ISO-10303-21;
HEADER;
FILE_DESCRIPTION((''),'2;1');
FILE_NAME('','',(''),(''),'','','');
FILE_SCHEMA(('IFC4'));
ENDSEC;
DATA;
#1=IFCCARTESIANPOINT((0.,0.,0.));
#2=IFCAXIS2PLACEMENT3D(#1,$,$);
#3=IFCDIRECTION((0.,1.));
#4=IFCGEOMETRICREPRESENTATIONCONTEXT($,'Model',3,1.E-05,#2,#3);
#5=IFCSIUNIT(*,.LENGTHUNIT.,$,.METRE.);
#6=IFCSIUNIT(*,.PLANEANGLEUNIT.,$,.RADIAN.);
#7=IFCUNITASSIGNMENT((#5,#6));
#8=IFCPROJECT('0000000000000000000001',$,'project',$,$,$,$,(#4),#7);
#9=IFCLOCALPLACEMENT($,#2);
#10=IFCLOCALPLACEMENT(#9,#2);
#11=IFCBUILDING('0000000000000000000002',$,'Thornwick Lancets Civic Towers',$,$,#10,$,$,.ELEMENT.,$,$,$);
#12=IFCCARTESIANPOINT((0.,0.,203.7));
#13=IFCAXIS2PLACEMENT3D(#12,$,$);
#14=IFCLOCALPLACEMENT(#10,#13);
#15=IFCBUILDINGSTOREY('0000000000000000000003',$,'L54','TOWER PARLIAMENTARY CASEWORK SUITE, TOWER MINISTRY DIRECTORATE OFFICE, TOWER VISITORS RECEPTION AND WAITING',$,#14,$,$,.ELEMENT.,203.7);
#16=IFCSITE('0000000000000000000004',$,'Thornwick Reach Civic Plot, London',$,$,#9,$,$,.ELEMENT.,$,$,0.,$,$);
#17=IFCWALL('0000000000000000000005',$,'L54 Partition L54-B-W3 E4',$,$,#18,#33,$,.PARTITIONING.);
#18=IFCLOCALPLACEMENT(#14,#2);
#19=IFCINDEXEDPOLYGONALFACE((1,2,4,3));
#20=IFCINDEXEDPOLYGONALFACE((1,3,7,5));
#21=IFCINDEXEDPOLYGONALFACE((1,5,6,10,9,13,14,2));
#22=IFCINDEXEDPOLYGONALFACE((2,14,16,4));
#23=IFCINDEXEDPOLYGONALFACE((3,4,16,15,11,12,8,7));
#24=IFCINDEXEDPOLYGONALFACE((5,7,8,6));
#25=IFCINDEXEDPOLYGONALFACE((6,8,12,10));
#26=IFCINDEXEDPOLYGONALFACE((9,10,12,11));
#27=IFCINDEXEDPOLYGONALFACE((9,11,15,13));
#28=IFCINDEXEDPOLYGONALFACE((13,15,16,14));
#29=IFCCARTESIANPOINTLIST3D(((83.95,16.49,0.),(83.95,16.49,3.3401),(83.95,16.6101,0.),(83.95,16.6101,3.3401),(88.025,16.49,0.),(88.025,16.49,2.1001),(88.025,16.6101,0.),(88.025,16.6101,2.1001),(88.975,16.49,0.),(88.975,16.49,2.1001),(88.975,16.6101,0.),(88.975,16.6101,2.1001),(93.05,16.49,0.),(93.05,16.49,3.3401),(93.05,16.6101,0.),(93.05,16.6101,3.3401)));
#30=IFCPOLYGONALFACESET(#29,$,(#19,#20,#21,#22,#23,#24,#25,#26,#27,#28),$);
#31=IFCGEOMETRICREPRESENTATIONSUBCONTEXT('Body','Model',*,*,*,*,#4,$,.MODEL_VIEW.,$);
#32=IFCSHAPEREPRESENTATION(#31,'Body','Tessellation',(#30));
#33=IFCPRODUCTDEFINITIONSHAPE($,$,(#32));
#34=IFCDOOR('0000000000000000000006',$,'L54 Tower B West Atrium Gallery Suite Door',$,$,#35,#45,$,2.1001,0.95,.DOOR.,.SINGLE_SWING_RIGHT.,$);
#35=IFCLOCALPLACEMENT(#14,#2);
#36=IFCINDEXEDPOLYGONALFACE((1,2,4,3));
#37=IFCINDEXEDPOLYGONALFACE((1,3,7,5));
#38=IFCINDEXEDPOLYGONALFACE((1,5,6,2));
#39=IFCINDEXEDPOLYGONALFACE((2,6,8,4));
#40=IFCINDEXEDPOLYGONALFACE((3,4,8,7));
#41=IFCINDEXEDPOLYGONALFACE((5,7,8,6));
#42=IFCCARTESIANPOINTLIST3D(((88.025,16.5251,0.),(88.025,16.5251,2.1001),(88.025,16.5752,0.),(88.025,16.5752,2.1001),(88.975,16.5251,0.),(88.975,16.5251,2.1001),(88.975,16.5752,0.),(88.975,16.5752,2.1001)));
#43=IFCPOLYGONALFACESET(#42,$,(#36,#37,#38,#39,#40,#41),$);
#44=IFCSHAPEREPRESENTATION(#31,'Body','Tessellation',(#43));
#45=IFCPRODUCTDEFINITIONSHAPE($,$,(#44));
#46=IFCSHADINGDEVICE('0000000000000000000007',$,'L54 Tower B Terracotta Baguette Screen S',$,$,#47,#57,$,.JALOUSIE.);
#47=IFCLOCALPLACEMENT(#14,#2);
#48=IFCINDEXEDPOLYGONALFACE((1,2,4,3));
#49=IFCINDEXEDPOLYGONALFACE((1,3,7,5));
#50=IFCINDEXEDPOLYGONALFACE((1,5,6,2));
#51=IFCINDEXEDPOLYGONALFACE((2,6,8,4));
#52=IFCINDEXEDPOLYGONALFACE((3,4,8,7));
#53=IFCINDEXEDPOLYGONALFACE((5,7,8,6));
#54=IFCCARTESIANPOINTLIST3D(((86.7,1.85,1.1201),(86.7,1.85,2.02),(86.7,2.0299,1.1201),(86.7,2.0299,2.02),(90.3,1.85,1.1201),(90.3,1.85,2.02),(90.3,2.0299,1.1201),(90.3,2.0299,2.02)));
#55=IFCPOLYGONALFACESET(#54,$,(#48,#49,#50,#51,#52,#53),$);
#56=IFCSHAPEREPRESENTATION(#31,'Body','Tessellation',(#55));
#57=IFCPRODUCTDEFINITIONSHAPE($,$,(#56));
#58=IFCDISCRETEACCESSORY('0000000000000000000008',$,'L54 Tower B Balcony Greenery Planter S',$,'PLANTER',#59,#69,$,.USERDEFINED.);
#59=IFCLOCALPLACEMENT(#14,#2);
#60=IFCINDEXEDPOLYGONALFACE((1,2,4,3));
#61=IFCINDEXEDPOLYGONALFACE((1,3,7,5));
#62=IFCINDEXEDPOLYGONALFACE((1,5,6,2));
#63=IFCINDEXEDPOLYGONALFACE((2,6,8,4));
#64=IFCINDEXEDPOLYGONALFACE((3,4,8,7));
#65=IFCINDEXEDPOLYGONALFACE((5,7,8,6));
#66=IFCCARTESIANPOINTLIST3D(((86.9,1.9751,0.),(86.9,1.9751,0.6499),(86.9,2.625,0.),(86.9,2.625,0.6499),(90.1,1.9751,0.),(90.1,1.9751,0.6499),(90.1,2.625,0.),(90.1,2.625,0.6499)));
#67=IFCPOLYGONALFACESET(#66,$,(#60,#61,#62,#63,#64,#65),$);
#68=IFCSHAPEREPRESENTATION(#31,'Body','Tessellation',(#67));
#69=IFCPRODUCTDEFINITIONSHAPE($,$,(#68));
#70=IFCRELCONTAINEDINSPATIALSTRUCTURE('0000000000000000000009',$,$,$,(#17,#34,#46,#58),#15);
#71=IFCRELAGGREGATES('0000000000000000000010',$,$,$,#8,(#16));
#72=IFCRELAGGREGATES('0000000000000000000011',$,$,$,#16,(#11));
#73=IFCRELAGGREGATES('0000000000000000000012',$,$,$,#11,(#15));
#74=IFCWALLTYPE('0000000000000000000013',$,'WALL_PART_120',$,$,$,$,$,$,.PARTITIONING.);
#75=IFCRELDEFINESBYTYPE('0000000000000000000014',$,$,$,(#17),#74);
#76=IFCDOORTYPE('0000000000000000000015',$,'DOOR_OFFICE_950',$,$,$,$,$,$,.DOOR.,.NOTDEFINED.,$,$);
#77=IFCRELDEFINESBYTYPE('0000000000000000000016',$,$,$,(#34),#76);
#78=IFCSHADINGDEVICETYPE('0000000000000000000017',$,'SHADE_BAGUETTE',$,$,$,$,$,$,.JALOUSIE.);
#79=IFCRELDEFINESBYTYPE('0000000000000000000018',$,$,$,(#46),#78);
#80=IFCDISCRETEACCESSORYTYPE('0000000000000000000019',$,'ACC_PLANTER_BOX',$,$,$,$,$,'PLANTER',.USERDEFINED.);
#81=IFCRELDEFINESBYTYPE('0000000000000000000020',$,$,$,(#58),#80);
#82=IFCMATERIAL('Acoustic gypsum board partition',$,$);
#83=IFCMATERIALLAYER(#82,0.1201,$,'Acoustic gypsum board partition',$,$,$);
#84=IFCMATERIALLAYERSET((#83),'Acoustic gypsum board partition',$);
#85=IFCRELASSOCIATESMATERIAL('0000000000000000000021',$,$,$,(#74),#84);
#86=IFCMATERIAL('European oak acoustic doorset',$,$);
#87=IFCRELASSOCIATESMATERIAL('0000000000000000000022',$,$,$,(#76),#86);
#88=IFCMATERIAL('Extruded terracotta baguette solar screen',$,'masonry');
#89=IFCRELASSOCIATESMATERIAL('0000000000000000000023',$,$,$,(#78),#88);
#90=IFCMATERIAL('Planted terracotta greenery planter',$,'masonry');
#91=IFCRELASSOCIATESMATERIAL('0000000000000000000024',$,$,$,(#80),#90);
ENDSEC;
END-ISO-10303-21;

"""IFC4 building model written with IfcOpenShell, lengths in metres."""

from ifc_helpers import new_model, si_unit, direction, frame, frame_2d, origin, origin_2d, place, context, subcontext, project, spatial, rectangle, extrude, material, layer, layer_set, type_object, element, fill, save


model = new_model("IFC4")

# Units and contexts
model_context = context("Model", 3, precision=1e-05, world=origin(), true_north=direction((0.0, 1.0)))
body_context = subcontext(model_context, "Body", "Model", "MODEL_VIEW")
ifc_project = project(units=[si_unit("LENGTHUNIT", "METRE"), si_unit("PLANEANGLEUNIT", "RADIAN")], contexts=[model_context])

# Site, building, storey
site_placement = place(None, origin())
site = spatial("IfcSite", under=ifc_project, at=site_placement, Name="Thornwick Reach Civic Plot, London", CompositionType="ELEMENT", RefElevation=0.0)
building_placement = place(site_placement, origin())
building = spatial("IfcBuilding", under=site, at=building_placement, Name="Thornwick Lancets Civic Towers", CompositionType="ELEMENT")
storey_placement = place(building_placement, frame((0.0, 0.0, 203.7)))
storey = spatial("IfcBuildingStorey", under=building, at=storey_placement, Name="L54", Description="TOWER PARLIAMENTARY CASEWORK SUITE, TOWER MINISTRY DIRECTORATE OFFICE, TOWER VISITORS RECEPTION AND WAITING", CompositionType="ELEMENT", Elevation=203.7)

# Shared definitions
ifc_material_1 = material(Name="Acoustic gypsum board partition")
ifc_layer_1 = layer(ifc_material_1, 0.1201, Name="Acoustic gypsum board partition")
ifc_layer_set_1 = layer_set([ifc_layer_1], Name="Acoustic gypsum board partition")
wall_type_1 = type_object("IfcWallType", Name="WALL_PART_120", PredefinedType="PARTITIONING", material=ifc_layer_set_1)

# Wall, opening, door
wall_1_placement = place(storey_placement, frame((93.05, 16.55, 0.0), z_axis=(0.0, 0.0, 1.0), x_axis=(-1.0, 0.0, 0.0)))
wall_1 = element("IfcWall", 1, at=wall_1_placement, inside=storey, type_object=wall_type_1, Name="L54 Partition L54-B-W3 E4", PredefinedType="PARTITIONING", context=body_context, shape_type="SweptSolid", body=[
    extrude(rectangle(XDim=9.1001, YDim=0.1201, at=frame_2d((4.55, 0.0))), origin(), (0.0, 0.0, 1.0), 3.3401),
])
opening_1_placement = place(wall_1_placement, frame((4.075, 0.0, 0.0)))
opening_1 = element("IfcOpeningElement", 2, at=opening_1_placement, cuts=wall_1, PredefinedType="OPENING", context=body_context, shape_type="SweptSolid", body=[
    extrude(rectangle(XDim=0.95, YDim=2.1001, at=frame_2d((0.4751, 1.05))), frame((0.0, 0.0701, 0.0), z_axis=(0.0, -1.0, 0.0), x_axis=(1.0, 0.0, 0.0)), (0.0, 0.0, 1.0), 0.1401),
])
ifc_material_2 = material(Name="European oak acoustic doorset")
door_type_1 = type_object("IfcDoorType", Name="DOOR_OFFICE_950", OperationType="NOTDEFINED", PredefinedType="DOOR", material=ifc_material_2)
door_1_placement = place(opening_1_placement, origin())
door_1 = element("IfcDoor", 3, at=door_1_placement, inside=storey, type_object=door_type_1, Name="L54 Tower B West Atrium Gallery Suite Door", OperationType="SINGLE_SWING_RIGHT", OverallHeight=2.1001, OverallWidth=0.95, PredefinedType="DOOR", context=body_context, shape_type="SweptSolid", body=[
    extrude(rectangle(XDim=0.95, YDim=2.1001, at=frame_2d((0.4751, 1.05))), frame((0.0, 0.0249, 0.0), z_axis=(0.0, -1.0, 0.0), x_axis=(1.0, 0.0, 0.0)), (0.0, 0.0, 1.0), 0.05),
])
fill(opening_1, door_1)

# Shading device
ifc_material_3 = material(Name="Extruded terracotta baguette solar screen", Category="masonry")
shading_device_type = type_object("IfcShadingDeviceType", Name="SHADE_BAGUETTE", PredefinedType="JALOUSIE", material=ifc_material_3)
shading_device_placement = place(storey_placement, frame((88.5, 1.9399, 1.1201), z_axis=(0.0, 0.0, 1.0), x_axis=(1.0, 0.0, 0.0)))
element("IfcShadingDevice", 4, at=shading_device_placement, inside=storey, type_object=shading_device_type, Name="L54 Tower B Terracotta Baguette Screen S", PredefinedType="JALOUSIE", context=body_context, shape_type="SweptSolid", body=[
    extrude(rectangle(XDim=3.6001, YDim=0.1799, at=origin_2d()), origin(), (0.0, 0.0, 1.0), 0.8999),
])

# Discrete accessory
ifc_material_4 = material(Name="Planted terracotta greenery planter", Category="masonry")
discrete_accessory_type = type_object("IfcDiscreteAccessoryType", Name="ACC_PLANTER_BOX", ElementType="PLANTER", PredefinedType="USERDEFINED", material=ifc_material_4)
discrete_accessory_placement = place(storey_placement, frame((88.5, 2.3, 0.0), z_axis=(0.0, 0.0, 1.0), x_axis=(1.0, 0.0, 0.0)))
element("IfcDiscreteAccessory", 5, at=discrete_accessory_placement, inside=storey, type_object=discrete_accessory_type, Name="L54 Tower B Balcony Greenery Planter S", ObjectType="PLANTER", PredefinedType="USERDEFINED", context=body_context, shape_type="SweptSolid", body=[
    extrude(rectangle(XDim=3.2, YDim=0.6499, at=origin_2d()), origin(), (0.0, 0.0, 1.0), 0.6499),
])

save(model, "model.ifc")
